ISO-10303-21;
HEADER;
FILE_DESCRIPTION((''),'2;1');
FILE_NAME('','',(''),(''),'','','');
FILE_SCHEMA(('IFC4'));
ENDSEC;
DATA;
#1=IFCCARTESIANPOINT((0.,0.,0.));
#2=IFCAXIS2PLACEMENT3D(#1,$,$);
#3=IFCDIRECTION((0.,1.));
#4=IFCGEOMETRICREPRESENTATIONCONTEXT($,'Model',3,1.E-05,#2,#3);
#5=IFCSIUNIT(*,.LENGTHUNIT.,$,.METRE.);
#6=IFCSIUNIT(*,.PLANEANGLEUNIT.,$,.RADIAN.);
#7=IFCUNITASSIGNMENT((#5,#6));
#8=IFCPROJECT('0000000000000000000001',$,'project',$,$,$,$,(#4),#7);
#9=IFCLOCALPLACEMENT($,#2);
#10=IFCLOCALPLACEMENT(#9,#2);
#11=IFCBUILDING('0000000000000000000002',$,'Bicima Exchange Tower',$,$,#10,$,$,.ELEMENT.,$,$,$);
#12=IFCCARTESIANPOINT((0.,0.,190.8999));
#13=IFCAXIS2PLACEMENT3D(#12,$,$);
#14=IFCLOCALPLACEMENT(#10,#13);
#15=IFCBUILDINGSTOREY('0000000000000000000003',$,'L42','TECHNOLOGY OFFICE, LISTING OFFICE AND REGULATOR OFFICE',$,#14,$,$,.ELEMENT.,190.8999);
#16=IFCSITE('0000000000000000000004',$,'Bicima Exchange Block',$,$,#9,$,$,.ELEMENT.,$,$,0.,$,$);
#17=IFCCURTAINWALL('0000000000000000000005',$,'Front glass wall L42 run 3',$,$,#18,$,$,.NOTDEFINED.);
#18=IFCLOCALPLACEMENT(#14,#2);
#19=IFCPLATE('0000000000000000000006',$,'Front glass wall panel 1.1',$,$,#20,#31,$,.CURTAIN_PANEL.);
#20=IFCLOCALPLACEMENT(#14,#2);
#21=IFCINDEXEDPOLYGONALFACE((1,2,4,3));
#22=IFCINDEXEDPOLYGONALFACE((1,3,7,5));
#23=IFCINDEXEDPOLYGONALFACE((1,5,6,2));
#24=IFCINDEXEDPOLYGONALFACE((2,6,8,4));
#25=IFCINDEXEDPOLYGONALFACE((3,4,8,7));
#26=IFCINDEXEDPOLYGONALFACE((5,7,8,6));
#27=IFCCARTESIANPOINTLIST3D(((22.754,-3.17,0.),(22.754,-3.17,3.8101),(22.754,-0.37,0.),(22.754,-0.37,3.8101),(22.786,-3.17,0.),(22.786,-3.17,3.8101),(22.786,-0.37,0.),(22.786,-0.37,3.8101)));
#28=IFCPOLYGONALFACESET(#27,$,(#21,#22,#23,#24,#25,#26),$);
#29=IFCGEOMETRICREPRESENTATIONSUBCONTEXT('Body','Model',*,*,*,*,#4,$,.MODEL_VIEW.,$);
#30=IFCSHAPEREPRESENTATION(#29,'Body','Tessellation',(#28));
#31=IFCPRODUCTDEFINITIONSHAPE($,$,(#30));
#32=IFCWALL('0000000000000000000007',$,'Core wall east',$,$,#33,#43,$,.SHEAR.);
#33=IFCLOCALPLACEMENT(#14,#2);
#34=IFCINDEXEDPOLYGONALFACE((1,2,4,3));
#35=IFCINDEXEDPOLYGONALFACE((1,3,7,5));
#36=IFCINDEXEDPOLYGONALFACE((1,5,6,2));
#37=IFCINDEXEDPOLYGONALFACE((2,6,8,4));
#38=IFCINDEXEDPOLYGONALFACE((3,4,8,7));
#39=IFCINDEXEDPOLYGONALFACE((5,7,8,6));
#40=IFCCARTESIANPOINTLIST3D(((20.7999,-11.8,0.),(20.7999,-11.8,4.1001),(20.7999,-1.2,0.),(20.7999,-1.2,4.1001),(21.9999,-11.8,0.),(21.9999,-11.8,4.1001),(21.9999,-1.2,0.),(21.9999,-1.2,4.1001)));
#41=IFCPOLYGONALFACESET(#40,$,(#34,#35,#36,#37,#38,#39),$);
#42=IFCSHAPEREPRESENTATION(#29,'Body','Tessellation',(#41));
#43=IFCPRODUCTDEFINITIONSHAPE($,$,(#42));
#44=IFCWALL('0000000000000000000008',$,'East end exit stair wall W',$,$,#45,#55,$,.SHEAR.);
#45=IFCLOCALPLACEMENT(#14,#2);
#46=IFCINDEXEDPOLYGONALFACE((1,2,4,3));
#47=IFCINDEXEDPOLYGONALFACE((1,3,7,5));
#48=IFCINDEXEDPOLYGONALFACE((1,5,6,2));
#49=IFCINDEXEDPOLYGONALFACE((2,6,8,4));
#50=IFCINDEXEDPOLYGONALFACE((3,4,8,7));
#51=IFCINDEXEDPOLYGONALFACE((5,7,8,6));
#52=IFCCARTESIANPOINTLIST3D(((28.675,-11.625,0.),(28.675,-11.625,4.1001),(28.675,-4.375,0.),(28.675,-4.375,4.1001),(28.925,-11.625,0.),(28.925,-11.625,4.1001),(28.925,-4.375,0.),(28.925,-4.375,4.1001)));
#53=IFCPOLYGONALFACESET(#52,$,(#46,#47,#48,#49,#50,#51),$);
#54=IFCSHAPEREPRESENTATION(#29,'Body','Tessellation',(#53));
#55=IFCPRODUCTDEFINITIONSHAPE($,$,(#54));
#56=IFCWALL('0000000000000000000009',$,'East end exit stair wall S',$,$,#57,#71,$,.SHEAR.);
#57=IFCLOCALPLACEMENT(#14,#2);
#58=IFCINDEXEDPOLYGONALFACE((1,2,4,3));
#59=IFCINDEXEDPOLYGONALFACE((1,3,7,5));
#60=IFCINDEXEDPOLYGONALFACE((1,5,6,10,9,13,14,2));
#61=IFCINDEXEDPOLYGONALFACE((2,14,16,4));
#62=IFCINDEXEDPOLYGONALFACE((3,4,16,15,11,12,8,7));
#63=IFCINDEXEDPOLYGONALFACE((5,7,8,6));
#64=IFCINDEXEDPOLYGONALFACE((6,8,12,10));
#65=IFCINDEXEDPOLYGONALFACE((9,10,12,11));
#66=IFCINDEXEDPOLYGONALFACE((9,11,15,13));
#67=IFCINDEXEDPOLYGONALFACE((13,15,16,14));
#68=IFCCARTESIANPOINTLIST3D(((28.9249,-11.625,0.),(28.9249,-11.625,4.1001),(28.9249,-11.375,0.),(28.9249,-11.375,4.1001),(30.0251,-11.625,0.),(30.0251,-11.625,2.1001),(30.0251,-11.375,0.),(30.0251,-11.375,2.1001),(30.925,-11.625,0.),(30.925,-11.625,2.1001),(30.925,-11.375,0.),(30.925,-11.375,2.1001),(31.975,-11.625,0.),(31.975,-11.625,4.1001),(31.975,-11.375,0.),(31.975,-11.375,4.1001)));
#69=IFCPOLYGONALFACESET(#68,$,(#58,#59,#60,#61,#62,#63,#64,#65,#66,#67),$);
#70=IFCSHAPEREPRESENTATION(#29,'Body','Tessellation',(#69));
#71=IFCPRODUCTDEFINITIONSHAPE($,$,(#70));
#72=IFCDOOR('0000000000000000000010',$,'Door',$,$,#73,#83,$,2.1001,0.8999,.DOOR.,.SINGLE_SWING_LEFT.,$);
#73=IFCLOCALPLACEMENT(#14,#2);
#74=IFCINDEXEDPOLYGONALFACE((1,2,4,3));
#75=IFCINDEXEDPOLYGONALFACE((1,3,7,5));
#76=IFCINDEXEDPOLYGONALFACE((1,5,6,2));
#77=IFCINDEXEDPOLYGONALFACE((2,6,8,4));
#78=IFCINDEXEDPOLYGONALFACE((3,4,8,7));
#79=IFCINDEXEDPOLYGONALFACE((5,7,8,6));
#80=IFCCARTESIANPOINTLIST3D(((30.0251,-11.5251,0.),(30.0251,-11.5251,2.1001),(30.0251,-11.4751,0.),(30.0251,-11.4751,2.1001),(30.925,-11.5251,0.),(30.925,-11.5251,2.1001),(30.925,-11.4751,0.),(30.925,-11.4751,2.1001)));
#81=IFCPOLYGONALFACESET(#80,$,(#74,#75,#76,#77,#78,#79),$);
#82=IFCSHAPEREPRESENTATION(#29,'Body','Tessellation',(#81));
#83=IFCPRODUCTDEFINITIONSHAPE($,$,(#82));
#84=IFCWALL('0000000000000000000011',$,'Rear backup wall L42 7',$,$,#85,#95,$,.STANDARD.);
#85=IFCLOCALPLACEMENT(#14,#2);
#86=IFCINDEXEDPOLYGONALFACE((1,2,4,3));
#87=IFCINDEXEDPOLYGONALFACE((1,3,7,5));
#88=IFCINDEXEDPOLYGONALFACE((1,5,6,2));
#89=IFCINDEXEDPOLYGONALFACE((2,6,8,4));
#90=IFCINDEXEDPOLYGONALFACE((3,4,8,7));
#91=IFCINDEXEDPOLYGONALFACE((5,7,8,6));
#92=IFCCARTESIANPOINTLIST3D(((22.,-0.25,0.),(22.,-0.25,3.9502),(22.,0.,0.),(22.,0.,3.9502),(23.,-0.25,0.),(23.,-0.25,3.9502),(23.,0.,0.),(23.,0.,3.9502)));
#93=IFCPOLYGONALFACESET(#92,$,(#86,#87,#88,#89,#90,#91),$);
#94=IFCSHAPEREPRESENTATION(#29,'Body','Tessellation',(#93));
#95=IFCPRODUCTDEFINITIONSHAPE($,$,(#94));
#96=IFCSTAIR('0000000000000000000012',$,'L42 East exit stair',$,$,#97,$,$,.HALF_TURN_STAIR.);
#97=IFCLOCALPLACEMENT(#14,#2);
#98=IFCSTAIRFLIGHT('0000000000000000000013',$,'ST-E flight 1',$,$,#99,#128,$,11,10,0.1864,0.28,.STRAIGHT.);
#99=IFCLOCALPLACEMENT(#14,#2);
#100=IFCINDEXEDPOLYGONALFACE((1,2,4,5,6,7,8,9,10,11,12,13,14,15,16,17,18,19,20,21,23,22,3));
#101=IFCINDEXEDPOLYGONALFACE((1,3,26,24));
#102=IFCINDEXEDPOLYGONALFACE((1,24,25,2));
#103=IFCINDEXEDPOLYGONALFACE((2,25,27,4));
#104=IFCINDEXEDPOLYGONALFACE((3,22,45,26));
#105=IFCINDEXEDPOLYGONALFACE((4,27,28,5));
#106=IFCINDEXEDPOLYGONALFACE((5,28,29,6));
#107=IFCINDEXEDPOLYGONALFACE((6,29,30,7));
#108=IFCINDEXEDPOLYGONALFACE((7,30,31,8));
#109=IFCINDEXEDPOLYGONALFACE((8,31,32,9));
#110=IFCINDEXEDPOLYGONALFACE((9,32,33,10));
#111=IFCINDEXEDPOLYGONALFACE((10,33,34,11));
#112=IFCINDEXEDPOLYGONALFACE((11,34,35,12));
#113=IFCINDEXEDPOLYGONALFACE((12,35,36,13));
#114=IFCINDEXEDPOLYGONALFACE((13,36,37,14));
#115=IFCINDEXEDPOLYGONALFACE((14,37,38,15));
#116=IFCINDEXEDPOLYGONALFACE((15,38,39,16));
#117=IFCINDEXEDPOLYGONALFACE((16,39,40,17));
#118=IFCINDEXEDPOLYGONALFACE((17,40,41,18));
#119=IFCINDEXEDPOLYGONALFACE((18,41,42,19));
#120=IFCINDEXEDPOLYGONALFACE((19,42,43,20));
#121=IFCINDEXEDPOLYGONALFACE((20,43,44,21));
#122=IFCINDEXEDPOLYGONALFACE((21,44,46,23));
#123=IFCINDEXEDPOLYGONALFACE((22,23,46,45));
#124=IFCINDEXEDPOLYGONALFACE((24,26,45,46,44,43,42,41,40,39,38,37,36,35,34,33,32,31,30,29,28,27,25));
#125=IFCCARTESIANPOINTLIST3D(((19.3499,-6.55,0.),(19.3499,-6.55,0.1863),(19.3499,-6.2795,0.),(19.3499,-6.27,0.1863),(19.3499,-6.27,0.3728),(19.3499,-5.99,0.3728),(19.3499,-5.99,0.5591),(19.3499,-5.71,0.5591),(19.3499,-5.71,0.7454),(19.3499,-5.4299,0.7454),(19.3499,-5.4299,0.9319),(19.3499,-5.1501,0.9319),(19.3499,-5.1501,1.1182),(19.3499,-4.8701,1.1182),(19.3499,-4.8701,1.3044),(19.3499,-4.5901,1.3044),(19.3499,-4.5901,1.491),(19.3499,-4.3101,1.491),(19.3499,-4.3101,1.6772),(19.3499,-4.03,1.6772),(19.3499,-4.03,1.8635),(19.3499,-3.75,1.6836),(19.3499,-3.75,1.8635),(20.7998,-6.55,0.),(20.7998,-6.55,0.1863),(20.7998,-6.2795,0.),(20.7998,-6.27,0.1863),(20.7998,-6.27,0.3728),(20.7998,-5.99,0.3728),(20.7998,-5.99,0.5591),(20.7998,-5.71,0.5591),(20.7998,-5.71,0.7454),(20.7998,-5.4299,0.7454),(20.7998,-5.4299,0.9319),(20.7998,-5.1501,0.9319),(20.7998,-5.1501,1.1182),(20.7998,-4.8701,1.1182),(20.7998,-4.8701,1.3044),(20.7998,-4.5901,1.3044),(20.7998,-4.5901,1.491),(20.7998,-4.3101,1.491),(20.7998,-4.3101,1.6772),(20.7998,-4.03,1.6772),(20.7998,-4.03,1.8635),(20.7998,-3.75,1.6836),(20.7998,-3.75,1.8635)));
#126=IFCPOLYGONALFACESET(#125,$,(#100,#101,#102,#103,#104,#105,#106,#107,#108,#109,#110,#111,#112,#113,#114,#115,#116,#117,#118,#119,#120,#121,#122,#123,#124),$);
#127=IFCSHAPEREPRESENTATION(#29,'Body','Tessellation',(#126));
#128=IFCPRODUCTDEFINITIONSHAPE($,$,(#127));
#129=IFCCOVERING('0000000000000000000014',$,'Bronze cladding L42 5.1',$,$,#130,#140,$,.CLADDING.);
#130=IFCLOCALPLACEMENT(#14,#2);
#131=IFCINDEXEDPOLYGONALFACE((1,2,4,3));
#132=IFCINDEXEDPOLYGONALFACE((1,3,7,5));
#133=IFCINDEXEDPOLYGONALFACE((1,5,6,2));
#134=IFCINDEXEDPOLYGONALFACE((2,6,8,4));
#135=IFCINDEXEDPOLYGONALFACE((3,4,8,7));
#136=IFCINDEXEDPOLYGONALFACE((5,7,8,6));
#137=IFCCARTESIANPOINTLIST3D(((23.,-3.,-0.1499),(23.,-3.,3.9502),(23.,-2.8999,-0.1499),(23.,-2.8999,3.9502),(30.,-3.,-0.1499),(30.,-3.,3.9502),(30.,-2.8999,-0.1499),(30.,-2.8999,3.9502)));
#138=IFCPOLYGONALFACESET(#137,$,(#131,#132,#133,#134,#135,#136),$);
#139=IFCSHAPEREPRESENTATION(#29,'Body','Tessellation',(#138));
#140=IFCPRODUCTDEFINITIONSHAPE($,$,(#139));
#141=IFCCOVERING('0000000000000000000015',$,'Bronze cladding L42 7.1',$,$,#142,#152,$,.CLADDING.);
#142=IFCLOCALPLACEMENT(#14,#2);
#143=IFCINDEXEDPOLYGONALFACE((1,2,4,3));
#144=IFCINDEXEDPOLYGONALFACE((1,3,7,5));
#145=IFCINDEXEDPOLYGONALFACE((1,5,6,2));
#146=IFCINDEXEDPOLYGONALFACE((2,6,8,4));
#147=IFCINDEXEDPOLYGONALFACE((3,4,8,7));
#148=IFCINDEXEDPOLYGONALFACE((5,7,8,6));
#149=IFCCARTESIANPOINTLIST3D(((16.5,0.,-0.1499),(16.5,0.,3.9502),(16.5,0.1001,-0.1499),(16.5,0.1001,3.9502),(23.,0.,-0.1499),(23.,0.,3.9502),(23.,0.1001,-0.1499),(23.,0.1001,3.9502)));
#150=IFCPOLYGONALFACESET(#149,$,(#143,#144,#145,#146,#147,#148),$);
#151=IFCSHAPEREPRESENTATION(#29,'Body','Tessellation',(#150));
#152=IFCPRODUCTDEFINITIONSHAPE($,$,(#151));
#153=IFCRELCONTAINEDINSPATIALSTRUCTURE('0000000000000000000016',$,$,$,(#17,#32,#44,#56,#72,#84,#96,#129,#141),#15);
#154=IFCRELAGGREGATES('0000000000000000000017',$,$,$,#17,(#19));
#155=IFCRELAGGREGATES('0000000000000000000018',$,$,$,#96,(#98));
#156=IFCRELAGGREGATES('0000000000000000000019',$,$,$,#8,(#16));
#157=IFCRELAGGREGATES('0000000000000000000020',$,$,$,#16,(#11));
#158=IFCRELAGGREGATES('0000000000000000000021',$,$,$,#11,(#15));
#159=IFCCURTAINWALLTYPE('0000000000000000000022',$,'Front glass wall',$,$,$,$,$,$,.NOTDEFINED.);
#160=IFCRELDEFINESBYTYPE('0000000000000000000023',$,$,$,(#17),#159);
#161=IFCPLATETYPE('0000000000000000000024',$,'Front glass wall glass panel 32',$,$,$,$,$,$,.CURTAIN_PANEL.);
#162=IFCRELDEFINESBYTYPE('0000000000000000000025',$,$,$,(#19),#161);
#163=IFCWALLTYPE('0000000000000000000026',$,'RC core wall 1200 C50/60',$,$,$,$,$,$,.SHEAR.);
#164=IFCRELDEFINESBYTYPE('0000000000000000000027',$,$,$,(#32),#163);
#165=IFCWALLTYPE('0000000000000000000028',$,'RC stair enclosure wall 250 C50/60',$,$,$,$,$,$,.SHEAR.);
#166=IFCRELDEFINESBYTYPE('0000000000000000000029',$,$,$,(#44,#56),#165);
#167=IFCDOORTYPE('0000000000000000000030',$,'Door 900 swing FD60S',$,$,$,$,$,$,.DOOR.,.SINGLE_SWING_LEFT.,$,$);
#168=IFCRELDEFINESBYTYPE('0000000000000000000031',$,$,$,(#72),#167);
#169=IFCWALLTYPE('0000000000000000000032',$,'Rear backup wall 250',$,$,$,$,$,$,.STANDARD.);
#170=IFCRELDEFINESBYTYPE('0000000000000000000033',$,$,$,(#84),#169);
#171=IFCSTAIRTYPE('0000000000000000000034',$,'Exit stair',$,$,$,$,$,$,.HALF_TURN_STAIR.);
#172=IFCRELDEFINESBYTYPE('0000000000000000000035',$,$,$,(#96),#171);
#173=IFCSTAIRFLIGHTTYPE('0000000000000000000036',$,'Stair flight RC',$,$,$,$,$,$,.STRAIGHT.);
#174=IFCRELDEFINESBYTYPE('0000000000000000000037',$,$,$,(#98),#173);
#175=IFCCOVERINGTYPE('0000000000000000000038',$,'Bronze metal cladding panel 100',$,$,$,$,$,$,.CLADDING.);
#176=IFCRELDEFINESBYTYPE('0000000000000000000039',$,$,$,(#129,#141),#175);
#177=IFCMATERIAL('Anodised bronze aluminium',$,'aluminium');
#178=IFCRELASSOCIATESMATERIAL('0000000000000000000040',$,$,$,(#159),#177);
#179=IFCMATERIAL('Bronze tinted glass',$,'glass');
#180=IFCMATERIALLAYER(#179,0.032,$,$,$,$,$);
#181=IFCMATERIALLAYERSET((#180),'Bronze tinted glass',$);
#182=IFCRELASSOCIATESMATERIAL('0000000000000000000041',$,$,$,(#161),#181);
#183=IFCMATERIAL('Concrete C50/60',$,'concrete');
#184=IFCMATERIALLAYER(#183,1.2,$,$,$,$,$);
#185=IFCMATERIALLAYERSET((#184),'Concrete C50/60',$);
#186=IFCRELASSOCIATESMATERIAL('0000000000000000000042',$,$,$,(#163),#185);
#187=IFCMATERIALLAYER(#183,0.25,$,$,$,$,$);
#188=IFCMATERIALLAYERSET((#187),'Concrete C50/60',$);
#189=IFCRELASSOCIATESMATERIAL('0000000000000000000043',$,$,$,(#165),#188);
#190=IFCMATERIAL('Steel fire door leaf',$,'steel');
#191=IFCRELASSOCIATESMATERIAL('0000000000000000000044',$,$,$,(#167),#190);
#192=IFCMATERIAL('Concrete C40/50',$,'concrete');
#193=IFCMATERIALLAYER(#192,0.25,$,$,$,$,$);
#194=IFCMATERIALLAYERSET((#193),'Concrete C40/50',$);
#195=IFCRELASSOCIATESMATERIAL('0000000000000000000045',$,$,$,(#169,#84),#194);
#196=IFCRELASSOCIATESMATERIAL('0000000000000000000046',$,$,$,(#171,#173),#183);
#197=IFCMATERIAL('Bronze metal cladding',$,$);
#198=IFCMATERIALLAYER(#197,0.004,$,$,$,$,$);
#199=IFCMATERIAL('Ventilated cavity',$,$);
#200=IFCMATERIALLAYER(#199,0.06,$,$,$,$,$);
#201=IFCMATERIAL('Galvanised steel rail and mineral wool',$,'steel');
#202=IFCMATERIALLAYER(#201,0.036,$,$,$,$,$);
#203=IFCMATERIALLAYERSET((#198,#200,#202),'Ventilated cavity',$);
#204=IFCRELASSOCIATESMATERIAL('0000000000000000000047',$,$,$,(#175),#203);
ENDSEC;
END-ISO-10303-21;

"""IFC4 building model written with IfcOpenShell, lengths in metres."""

from ifc_helpers import new_model, si_unit, direction, frame, frame_2d, origin, origin_2d, place, context, subcontext, project, spatial, polyline, rectangle, outline, extrude, material, layer, layer_set, layer_usage, type_object, element, fill, aggregate, save


model = new_model("IFC4")

# Units and contexts
model_context = context("Model", 3, precision=1e-05, world=origin(), true_north=direction((0.0, 1.0)))
body_context = subcontext(model_context, "Body", "Model", "MODEL_VIEW")
ifc_project = project(units=[si_unit("LENGTHUNIT", "METRE"), si_unit("PLANEANGLEUNIT", "RADIAN")], contexts=[model_context])

# Site, building, storey
site_placement = place(None, origin())
site = spatial("IfcSite", under=ifc_project, at=site_placement, Name="Bicima Exchange Block", CompositionType="ELEMENT", RefElevation=0.0)
building_placement = place(site_placement, origin())
building = spatial("IfcBuilding", under=site, at=building_placement, Name="Bicima Exchange Tower", CompositionType="ELEMENT")
storey_placement = place(building_placement, frame((0.0, 0.0, 190.8999)))
storey = spatial("IfcBuildingStorey", under=building, at=storey_placement, Name="L42", Description="TECHNOLOGY OFFICE, LISTING OFFICE AND REGULATOR OFFICE", CompositionType="ELEMENT", Elevation=190.8999)

# Curtain wall
ifc_material_1 = material(Name="Anodised bronze aluminium", Category="aluminium")
curtain_wall_type_1 = type_object("IfcCurtainWallType", Name="Front glass wall", PredefinedType="NOTDEFINED", material=ifc_material_1)
curtain_wall_1_placement = place(storey_placement, origin())
curtain_wall_1 = element("IfcCurtainWall", 1, at=curtain_wall_1_placement, inside=storey, type_object=curtain_wall_type_1, Name="Front glass wall L42 run 3", PredefinedType="NOTDEFINED")

# Plate
ifc_material_2 = material(Name="Bronze tinted glass", Category="glass")
ifc_layer_1 = layer(ifc_material_2, 0.032)
ifc_layer_set_1 = layer_set([ifc_layer_1], Name="Bronze tinted glass")
plate_type = type_object("IfcPlateType", Name="Front glass wall glass panel 32", PredefinedType="CURTAIN_PANEL", material=ifc_layer_set_1)
plate_placement = place(storey_placement, frame((22.77, -1.77, 0.0), z_axis=(0.0, 0.0, 1.0), x_axis=(0.0, 1.0, 0.0)))
plate = element("IfcPlate", 2, at=plate_placement, type_object=plate_type, Name="Front glass wall panel 1.1", PredefinedType="CURTAIN_PANEL", context=body_context, shape_type="SweptSolid", body=[
    extrude(rectangle(XDim=2.8, YDim=0.032, at=origin_2d()), origin(), (0.0, 0.0, 1.0), 3.8101),
])
aggregate(curtain_wall_1, [plate])

# Walls
ifc_material_3 = material(Name="Concrete C50/60", Category="concrete")
ifc_layer_2 = layer(ifc_material_3, 1.2)
ifc_layer_set_2 = layer_set([ifc_layer_2], Name="Concrete C50/60")
wall_type_1 = type_object("IfcWallType", Name="RC core wall 1200 C50/60", PredefinedType="SHEAR", material=ifc_layer_set_2)
wall_1_placement = place(storey_placement, frame((21.3999, -11.8, 0.0), z_axis=(0.0, 0.0, 1.0), x_axis=(0.0, 1.0, 0.0)))
element("IfcWall", 3, at=wall_1_placement, inside=storey, type_object=wall_type_1, Name="Core wall east", PredefinedType="SHEAR", context=body_context, shape_type="SweptSolid", body=[
    extrude(rectangle(XDim=10.6001, YDim=1.2, at=frame_2d((5.3, 0.0))), origin(), (0.0, 0.0, 1.0), 4.1001),
])
ifc_layer_3 = layer(ifc_material_3, 0.25)
ifc_layer_set_3 = layer_set([ifc_layer_3], Name="Concrete C50/60")
wall_type_2 = type_object("IfcWallType", Name="RC stair enclosure wall 250 C50/60", PredefinedType="SHEAR", material=ifc_layer_set_3)
wall_2_placement = place(storey_placement, frame((28.8, -11.625, 0.0), z_axis=(0.0, 0.0, 1.0), x_axis=(0.0, 1.0, 0.0)))
element("IfcWall", 4, at=wall_2_placement, inside=storey, type_object=wall_type_2, Name="East end exit stair wall W", PredefinedType="SHEAR", context=body_context, shape_type="SweptSolid", body=[
    extrude(rectangle(XDim=7.25, YDim=0.25, at=frame_2d((3.625, 0.0))), origin(), (0.0, 0.0, 1.0), 4.1001),
])

# Wall, opening, door
wall_3_placement = place(storey_placement, frame((28.925, -11.5, 0.0), z_axis=(0.0, 0.0, 1.0), x_axis=(1.0, 0.0, 0.0)))
wall_3 = element("IfcWall", 5, at=wall_3_placement, inside=storey, type_object=wall_type_2, Name="East end exit stair wall S", PredefinedType="SHEAR", context=body_context, shape_type="SweptSolid", body=[
    extrude(rectangle(XDim=3.05, YDim=0.25, at=frame_2d((1.5249, 0.0))), origin(), (0.0, 0.0, 1.0), 4.1001),
])
opening_placement = place(wall_3_placement, frame((1.1001, 0.0, 0.0)))
opening = element("IfcOpeningElement", 6, at=opening_placement, cuts=wall_3, PredefinedType="OPENING", context=body_context, shape_type="SweptSolid", body=[
    extrude(rectangle(XDim=0.8999, YDim=2.1001, at=frame_2d((0.45, 1.05))), frame((0.0, 0.137, 0.0), z_axis=(0.0, -1.0, 0.0), x_axis=(1.0, 0.0, 0.0)), (0.0, 0.0, 1.0), 0.2739),
])
ifc_material_4 = material(Name="Steel fire door leaf", Category="steel")
door_type = type_object("IfcDoorType", Name="Door 900 swing FD60S", OperationType="SINGLE_SWING_LEFT", PredefinedType="DOOR", material=ifc_material_4)
door_placement = place(opening_placement, origin())
door = element("IfcDoor", 7, at=door_placement, inside=storey, type_object=door_type, Name="Door", OperationType="SINGLE_SWING_LEFT", OverallHeight=2.1001, OverallWidth=0.8999, PredefinedType="DOOR", context=body_context, shape_type="SweptSolid", body=[
    extrude(rectangle(XDim=0.8999, YDim=2.1001, at=frame_2d((0.45, 1.05))), frame((0.0, 0.0249, 0.0), z_axis=(0.0, -1.0, 0.0), x_axis=(1.0, 0.0, 0.0)), (0.0, 0.0, 1.0), 0.05),
])
fill(opening, door)

# Wall
ifc_material_5 = material(Name="Concrete C40/50", Category="concrete")
ifc_layer_4 = layer(ifc_material_5, 0.25)
ifc_layer_set_4 = layer_set([ifc_layer_4], Name="Concrete C40/50")
ifc_layer_usage = layer_usage(ifc_layer_set_4, "AXIS2", "POSITIVE", -0.125)
wall_type_3 = type_object("IfcWallType", Name="Rear backup wall 250", PredefinedType="STANDARD", material=ifc_layer_set_4)
wall_4_placement = place(storey_placement, frame((23.0, -0.125, 0.0), z_axis=(0.0, 0.0, 1.0), x_axis=(-1.0, 0.0, 0.0)))
element("IfcWall", 8, at=wall_4_placement, inside=storey, type_object=wall_type_3, material=ifc_layer_usage, Name="Rear backup wall L42 7", PredefinedType="STANDARD", context=body_context, shape_type="SweptSolid", body=[
    extrude(rectangle(XDim=1.0, YDim=0.25, at=frame_2d((0.5, 0.0))), origin(), (0.0, 0.0, 1.0), 3.9502),
])

# Stair, stair flight
stair_type = type_object("IfcStairType", Name="Exit stair", PredefinedType="HALF_TURN_STAIR", material=ifc_material_3)
stair_placement = place(storey_placement, origin())
stair = element("IfcStair", 9, at=stair_placement, inside=storey, type_object=stair_type, Name="L42 East exit stair", PredefinedType="HALF_TURN_STAIR")
stair_flight_type = type_object("IfcStairFlightType", Name="Stair flight RC", PredefinedType="STRAIGHT", material=ifc_material_3)
stair_flight_placement = place(storey_placement, frame((20.075, -6.55, 0.0), z_axis=(0.0, 0.0, 1.0), x_axis=(0.0, 1.0, 0.0)))
stair_flight = element("IfcStairFlight", 10, at=stair_flight_placement, type_object=stair_flight_type, Name="ST-E flight 1", NumberOfRisers=11, NumberOfTreads=10, PredefinedType="STRAIGHT", RiserHeight=0.1864, TreadLength=0.28, context=body_context, shape_type="SweptSolid", body=[
    extrude(outline(polyline([(0.0, 0.0), (0.0, 0.1863), (0.28, 0.1863), (0.28, 0.3728), (0.5601, 0.3728), (0.5601, 0.5591), (0.8401, 0.5591), (0.8401, 0.7454), (1.1201, 0.7454), (1.1201, 0.9319), (1.3999, 0.9319), (1.3999, 1.1182), (1.6799, 1.1182), (1.6799, 1.3044), (1.96, 1.3044), (1.96, 1.491), (2.24, 1.491), (2.24, 1.6772), (2.52, 1.6772), (2.52, 1.8635), (2.8, 1.8635), (2.8, 2.05), (2.8, 1.6836), (0.2705, 0.0), (0.0, 0.0)])), frame((0.0, 0.7251, 0.0), z_axis=(0.0, -1.0, 0.0), x_axis=(1.0, 0.0, 0.0)), (0.0, 0.0, 1.0), 1.45),
])
aggregate(stair, [stair_flight])

# Coverings
ifc_material_6 = material(Name="Bronze metal cladding")
ifc_layer_5 = layer(ifc_material_6, 0.004)
ifc_material_7 = material(Name="Ventilated cavity")
ifc_layer_6 = layer(ifc_material_7, 0.06)
ifc_material_8 = material(Name="Galvanised steel rail and mineral wool", Category="steel")
ifc_layer_7 = layer(ifc_material_8, 0.036)
ifc_layer_set_5 = layer_set([ifc_layer_5, ifc_layer_6, ifc_layer_7], Name="Ventilated cavity")
covering_type = type_object("IfcCoveringType", Name="Bronze metal cladding panel 100", PredefinedType="CLADDING", material=ifc_layer_set_5)
covering_1_placement = place(storey_placement, frame((26.5, -2.95, -0.1499), z_axis=(0.0, 0.0, 1.0), x_axis=(-1.0, 0.0, 0.0)))
element("IfcCovering", 11, at=covering_1_placement, inside=storey, type_object=covering_type, Name="Bronze cladding L42 5.1", PredefinedType="CLADDING", context=body_context, shape_type="SweptSolid", body=[
    extrude(rectangle(XDim=7.0, YDim=0.1001, at=origin_2d()), origin(), (0.0, 0.0, 1.0), 4.1001),
])
covering_2_placement = place(storey_placement, frame((19.75, 0.05, -0.1499), z_axis=(0.0, 0.0, 1.0), x_axis=(-1.0, 0.0, 0.0)))
element("IfcCovering", 12, at=covering_2_placement, inside=storey, type_object=covering_type, Name="Bronze cladding L42 7.1", PredefinedType="CLADDING", context=body_context, shape_type="SweptSolid", body=[
    extrude(rectangle(XDim=6.5, YDim=0.1001, at=origin_2d()), origin(), (0.0, 0.0, 1.0), 4.1001),
])

save(model, "model.ifc")
